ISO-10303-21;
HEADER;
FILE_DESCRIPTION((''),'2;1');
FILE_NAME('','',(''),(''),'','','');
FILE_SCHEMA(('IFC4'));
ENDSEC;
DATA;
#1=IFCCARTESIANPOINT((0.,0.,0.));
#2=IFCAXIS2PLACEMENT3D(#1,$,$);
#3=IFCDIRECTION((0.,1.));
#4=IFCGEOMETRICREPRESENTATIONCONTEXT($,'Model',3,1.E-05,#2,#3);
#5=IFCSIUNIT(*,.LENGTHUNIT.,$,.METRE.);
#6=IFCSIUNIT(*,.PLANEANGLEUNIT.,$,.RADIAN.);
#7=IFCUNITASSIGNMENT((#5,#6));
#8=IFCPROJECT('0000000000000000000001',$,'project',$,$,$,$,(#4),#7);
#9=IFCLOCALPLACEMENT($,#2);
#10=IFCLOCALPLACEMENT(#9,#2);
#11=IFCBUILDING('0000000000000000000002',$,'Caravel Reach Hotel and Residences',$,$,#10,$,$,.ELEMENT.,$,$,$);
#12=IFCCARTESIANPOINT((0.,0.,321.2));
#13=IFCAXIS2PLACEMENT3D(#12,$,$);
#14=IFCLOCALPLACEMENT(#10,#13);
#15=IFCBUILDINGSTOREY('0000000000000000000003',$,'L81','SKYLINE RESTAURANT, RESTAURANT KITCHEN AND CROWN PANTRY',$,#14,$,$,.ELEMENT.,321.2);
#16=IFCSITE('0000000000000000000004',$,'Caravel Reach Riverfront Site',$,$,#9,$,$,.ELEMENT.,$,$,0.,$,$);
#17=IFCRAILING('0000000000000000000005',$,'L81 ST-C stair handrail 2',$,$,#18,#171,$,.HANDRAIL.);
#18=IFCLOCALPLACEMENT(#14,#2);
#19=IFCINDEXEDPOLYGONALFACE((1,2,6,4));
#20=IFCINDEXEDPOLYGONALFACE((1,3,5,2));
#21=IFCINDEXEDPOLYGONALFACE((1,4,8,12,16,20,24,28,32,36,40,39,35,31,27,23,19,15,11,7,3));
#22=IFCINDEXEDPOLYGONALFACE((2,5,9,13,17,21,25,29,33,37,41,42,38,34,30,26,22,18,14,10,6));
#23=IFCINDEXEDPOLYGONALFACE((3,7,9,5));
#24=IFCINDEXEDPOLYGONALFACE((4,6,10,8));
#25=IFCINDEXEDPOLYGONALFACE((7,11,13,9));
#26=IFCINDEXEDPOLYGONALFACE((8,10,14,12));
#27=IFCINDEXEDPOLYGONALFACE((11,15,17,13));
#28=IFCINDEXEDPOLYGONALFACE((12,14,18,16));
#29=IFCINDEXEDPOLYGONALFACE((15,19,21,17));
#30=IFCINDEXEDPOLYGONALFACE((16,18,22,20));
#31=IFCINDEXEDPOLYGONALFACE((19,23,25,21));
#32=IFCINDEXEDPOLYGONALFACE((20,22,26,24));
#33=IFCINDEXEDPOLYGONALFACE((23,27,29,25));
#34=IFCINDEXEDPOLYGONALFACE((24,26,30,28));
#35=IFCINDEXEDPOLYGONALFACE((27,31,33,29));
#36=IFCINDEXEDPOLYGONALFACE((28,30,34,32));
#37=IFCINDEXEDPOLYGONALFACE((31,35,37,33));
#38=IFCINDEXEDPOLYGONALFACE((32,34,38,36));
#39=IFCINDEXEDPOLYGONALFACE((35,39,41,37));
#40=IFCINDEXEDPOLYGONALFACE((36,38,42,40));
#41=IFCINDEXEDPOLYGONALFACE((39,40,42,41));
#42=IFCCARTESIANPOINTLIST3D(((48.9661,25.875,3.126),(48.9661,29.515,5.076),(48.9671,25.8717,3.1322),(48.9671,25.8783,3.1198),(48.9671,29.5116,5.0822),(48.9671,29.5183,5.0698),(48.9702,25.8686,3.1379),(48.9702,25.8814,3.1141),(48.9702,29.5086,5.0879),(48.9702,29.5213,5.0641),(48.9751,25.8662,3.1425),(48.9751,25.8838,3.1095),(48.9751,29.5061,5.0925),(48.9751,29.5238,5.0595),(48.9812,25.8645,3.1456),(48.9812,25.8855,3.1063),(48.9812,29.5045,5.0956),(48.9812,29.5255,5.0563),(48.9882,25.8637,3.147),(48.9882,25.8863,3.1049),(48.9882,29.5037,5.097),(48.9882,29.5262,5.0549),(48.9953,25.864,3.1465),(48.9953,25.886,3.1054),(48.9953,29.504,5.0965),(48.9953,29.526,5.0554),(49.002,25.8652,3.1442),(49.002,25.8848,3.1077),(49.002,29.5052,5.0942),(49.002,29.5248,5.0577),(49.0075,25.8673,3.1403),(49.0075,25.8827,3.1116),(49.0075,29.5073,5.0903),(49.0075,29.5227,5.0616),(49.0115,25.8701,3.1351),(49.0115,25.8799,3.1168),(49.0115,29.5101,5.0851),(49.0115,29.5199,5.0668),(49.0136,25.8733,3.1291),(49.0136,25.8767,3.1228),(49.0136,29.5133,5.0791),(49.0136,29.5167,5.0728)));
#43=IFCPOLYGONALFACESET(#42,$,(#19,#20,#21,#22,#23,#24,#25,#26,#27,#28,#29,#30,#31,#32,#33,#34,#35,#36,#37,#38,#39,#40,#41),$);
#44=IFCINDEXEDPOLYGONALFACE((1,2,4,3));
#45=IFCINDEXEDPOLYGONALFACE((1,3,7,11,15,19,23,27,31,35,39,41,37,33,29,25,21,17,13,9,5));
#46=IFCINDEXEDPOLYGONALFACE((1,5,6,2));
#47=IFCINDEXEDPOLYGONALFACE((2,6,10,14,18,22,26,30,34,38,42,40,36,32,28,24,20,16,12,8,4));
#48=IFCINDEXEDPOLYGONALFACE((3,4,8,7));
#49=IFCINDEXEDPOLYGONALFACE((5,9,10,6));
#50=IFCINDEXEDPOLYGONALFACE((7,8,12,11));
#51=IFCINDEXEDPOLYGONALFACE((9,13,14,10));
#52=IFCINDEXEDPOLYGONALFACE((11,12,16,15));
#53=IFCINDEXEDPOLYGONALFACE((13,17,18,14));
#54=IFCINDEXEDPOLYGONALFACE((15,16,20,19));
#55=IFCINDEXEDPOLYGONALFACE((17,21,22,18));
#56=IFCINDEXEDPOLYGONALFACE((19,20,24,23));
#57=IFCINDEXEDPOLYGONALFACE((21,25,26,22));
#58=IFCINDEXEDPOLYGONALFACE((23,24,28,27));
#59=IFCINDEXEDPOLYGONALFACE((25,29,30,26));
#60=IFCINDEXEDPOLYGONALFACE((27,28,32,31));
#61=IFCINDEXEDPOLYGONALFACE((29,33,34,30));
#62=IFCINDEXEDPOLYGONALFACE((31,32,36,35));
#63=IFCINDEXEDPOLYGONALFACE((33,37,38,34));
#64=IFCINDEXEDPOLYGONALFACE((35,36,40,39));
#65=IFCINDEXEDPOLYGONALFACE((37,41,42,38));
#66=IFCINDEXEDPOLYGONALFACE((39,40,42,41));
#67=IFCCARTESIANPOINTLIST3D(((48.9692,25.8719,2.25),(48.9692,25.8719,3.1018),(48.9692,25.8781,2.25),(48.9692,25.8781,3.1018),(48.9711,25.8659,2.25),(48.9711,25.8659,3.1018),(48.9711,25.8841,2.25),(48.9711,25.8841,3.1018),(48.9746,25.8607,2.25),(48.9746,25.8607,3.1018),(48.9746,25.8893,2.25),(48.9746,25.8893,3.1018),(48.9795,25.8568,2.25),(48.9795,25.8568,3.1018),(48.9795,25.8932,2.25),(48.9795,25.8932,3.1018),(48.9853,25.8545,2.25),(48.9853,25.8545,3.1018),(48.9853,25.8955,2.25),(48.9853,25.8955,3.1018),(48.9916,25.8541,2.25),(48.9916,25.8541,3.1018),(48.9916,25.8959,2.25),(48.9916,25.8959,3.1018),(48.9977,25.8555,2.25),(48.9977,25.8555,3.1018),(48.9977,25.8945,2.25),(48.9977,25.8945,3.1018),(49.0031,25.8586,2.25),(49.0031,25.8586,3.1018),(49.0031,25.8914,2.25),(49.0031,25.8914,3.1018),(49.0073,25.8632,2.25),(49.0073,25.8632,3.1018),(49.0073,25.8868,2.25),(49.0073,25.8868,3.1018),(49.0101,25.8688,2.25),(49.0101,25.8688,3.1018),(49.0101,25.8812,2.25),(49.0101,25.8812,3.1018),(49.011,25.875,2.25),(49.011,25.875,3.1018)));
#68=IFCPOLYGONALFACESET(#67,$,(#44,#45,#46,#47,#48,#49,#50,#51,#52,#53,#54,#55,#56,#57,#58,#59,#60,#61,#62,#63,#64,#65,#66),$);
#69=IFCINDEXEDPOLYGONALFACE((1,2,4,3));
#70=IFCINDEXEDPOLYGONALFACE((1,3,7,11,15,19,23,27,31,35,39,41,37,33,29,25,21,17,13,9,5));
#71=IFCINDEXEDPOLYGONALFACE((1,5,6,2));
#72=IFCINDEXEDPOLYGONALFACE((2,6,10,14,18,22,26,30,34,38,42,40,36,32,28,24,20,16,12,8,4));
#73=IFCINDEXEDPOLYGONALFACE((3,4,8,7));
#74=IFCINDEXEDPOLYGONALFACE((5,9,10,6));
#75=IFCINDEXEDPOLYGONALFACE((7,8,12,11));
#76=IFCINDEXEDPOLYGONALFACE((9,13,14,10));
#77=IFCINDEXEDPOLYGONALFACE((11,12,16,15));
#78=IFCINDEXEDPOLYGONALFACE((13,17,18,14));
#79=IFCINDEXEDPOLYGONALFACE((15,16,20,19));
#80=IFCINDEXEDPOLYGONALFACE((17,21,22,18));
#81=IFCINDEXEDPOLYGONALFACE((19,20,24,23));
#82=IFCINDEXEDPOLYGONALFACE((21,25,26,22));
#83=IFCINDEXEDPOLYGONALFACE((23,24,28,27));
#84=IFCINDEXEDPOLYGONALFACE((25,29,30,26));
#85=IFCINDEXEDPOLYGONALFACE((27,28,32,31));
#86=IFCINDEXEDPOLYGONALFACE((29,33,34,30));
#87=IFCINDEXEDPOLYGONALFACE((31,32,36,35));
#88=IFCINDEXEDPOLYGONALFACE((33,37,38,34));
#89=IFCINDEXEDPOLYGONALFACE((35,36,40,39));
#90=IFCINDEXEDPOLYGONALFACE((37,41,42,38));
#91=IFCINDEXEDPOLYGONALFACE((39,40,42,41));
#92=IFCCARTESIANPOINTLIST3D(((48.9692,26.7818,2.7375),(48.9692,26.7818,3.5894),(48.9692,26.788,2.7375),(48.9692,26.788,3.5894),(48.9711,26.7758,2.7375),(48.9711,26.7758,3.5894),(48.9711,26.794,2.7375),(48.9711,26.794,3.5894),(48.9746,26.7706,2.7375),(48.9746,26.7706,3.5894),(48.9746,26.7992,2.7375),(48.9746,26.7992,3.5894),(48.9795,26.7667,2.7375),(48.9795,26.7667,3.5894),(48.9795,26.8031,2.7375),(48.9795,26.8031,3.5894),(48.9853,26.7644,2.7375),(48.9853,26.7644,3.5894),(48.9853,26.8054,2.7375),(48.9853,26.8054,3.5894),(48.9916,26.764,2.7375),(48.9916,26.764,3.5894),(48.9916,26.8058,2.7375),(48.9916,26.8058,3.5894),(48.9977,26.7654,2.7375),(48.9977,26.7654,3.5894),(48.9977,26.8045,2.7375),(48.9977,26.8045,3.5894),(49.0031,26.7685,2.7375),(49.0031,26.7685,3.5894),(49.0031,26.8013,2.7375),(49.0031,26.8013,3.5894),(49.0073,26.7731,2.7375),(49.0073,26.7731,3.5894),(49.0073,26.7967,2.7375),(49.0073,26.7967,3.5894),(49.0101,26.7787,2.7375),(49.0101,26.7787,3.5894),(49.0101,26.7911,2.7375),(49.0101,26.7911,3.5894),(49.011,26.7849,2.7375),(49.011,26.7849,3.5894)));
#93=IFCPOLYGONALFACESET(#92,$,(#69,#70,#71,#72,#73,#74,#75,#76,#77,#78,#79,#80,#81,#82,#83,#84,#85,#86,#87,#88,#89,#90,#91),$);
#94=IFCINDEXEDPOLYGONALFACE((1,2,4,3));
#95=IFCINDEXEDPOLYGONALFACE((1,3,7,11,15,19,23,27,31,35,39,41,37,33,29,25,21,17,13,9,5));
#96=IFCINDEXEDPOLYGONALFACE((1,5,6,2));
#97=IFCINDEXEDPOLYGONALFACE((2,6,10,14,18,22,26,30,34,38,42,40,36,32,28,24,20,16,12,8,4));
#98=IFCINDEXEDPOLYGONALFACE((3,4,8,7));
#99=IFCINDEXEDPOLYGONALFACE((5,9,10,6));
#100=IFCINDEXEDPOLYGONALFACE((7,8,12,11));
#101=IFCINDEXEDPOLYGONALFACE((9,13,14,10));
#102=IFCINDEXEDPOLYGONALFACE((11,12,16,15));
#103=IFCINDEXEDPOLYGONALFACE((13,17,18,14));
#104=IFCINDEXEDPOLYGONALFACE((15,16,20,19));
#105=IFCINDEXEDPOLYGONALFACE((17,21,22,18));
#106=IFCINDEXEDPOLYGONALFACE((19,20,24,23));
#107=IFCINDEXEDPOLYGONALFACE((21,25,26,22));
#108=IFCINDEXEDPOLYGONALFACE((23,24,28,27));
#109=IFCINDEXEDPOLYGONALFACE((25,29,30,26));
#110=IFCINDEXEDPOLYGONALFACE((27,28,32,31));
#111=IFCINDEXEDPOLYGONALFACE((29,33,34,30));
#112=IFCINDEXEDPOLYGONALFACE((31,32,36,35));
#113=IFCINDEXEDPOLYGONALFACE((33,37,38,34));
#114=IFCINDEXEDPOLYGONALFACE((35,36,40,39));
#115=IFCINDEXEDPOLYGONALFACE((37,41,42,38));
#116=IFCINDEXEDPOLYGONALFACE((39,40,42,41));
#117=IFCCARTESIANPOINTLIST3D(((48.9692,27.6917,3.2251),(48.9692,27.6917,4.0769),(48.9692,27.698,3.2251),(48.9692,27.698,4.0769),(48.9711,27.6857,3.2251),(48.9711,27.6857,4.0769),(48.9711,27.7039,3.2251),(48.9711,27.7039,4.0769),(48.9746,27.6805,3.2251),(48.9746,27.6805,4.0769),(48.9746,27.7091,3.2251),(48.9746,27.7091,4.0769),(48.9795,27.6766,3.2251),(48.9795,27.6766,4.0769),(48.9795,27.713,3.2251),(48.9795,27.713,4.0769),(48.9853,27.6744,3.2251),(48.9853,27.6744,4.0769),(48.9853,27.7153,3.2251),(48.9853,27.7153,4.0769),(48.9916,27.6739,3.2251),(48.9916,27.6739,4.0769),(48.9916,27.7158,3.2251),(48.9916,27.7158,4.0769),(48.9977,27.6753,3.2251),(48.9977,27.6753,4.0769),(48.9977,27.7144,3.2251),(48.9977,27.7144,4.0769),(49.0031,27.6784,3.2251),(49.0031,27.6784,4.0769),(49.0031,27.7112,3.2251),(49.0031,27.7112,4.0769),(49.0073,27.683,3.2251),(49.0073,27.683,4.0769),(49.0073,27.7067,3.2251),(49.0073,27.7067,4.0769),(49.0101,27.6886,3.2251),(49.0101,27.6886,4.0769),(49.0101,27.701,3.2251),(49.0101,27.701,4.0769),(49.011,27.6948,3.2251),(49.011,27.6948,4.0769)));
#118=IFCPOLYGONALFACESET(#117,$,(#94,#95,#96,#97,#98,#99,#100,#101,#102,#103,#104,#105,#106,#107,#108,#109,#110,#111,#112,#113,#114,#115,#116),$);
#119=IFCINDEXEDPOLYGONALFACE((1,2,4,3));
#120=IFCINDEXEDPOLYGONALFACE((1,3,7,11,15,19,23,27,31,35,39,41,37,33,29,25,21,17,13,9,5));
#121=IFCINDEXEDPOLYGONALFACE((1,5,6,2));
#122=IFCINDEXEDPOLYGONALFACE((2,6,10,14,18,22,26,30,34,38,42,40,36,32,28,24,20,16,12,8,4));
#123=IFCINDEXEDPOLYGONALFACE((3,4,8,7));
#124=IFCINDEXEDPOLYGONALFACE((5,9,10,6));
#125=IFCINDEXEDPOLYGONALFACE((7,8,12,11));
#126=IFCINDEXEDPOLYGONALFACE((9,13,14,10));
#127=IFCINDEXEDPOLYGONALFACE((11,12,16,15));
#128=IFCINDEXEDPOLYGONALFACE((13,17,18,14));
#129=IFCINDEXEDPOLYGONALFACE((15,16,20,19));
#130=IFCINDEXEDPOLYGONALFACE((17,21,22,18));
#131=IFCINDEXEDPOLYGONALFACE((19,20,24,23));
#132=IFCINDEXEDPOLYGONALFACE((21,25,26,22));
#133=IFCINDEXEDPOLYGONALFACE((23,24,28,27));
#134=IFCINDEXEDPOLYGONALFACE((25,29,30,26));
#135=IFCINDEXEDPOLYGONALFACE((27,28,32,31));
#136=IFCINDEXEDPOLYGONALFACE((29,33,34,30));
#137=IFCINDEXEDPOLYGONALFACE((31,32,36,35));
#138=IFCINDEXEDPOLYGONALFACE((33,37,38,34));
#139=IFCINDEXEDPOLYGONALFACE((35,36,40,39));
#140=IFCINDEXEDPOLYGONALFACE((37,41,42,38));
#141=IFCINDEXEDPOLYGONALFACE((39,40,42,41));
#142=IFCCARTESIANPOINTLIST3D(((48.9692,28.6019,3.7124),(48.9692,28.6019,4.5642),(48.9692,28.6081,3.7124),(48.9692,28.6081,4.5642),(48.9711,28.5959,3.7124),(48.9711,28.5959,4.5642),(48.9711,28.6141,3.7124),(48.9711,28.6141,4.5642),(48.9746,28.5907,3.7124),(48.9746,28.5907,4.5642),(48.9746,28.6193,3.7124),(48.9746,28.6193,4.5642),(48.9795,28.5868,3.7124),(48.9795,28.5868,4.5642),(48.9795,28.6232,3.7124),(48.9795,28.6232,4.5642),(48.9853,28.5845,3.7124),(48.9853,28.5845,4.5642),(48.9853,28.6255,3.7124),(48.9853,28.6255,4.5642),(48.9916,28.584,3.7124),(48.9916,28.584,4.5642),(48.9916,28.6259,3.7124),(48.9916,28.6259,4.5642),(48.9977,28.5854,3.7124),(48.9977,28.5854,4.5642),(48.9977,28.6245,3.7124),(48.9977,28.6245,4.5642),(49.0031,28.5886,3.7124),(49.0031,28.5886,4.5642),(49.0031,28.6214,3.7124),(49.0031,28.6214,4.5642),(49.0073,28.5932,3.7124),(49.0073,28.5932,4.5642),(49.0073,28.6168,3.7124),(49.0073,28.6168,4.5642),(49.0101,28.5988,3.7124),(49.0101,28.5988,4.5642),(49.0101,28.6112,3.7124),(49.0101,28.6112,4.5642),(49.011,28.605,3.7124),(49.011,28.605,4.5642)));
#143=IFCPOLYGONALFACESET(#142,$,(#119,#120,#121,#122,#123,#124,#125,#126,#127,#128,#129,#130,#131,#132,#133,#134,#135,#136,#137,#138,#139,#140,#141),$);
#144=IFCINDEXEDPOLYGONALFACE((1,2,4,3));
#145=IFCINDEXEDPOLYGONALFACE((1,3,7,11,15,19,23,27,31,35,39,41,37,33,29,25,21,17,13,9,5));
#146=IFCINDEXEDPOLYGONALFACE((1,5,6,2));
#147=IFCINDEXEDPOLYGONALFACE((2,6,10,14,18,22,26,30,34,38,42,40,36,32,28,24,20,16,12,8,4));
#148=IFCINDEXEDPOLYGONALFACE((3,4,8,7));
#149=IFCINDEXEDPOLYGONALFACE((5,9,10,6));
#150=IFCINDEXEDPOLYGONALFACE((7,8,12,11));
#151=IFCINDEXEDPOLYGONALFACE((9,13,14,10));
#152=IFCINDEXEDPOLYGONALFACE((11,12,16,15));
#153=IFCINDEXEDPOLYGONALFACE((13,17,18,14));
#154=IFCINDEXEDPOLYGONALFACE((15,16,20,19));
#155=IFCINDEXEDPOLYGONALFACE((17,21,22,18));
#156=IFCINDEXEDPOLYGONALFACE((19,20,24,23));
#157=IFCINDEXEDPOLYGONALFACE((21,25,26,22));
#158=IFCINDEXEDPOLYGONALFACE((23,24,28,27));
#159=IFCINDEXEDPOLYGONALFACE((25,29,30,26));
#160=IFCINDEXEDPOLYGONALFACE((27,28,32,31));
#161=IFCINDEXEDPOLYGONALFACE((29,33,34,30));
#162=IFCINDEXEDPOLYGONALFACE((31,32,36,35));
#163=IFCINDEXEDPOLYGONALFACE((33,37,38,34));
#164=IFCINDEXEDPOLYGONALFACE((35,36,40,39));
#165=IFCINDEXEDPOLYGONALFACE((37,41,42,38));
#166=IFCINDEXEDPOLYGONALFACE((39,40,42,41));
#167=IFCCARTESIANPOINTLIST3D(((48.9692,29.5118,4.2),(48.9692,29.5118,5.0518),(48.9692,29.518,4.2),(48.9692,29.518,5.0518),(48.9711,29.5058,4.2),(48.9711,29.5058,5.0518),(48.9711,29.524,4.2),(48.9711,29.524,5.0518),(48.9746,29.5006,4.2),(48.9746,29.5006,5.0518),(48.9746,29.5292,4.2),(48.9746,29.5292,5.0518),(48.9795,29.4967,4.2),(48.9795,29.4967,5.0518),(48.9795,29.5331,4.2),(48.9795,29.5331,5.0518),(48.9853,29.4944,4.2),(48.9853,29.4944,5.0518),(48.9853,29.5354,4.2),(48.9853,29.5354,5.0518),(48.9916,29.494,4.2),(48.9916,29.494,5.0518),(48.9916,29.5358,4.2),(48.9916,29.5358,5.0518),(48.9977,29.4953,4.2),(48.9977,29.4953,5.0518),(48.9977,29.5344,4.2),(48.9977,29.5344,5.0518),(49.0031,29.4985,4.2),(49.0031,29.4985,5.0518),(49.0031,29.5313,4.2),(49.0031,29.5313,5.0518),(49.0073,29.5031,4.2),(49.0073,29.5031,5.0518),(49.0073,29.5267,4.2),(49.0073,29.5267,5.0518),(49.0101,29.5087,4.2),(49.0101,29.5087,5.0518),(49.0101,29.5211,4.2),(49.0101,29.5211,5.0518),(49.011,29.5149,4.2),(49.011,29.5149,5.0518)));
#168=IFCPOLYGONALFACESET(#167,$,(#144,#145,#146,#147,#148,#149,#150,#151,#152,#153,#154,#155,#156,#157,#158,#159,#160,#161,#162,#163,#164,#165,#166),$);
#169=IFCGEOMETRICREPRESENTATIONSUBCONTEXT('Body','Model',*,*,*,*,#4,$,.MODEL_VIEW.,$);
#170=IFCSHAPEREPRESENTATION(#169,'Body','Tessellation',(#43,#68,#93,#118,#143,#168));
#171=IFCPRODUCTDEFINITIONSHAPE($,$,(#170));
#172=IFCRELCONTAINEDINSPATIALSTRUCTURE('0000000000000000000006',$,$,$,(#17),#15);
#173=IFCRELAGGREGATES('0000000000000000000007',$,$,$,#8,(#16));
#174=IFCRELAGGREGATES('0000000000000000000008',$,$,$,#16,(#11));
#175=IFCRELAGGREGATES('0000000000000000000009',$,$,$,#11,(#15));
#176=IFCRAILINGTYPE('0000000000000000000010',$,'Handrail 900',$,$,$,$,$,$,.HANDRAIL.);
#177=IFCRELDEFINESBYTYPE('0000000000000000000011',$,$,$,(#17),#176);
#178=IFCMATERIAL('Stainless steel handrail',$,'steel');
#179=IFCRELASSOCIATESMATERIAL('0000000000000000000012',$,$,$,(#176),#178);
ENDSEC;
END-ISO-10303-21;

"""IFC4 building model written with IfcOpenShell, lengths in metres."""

from ifc_helpers import new_model, si_unit, direction, frame, origin, origin_2d, place, context, subcontext, project, spatial, circle, extrude, material, type_object, element, save


model = new_model("IFC4")

# Units and contexts
model_context = context("Model", 3, precision=1e-05, world=origin(), true_north=direction((0.0, 1.0)))
body_context = subcontext(model_context, "Body", "Model", "MODEL_VIEW")
ifc_project = project(units=[si_unit("LENGTHUNIT", "METRE"), si_unit("PLANEANGLEUNIT", "RADIAN")], contexts=[model_context])

# Site, building, storey
site_placement = place(None, origin())
site = spatial("IfcSite", under=ifc_project, at=site_placement, Name="Caravel Reach Riverfront Site", CompositionType="ELEMENT", RefElevation=0.0)
building_placement = place(site_placement, origin())
building = spatial("IfcBuilding", under=site, at=building_placement, Name="Caravel Reach Hotel and Residences", CompositionType="ELEMENT")
storey_placement = place(building_placement, frame((0.0, 0.0, 321.2)))
storey = spatial("IfcBuildingStorey", under=building, at=storey_placement, Name="L81", Description="SKYLINE RESTAURANT, RESTAURANT KITCHEN AND CROWN PANTRY", CompositionType="ELEMENT", Elevation=321.2)

# Railing
ifc_material_1 = material(Name="Stainless steel handrail", Category="steel")
railing_type_1 = type_object("IfcRailingType", Name="Handrail 900", PredefinedType="HANDRAIL", material=ifc_material_1)
railing_1_placement = place(storey_placement, frame((48.99, 25.875, 2.25)))
element("IfcRailing", 1, at=railing_1_placement, inside=storey, type_object=railing_type_1, Name="L81 ST-C stair handrail 2", PredefinedType="HANDRAIL", context=body_context, shape_type="SweptSolid", body=[
    extrude(circle(Radius=0.0239, at=origin_2d()), frame((0.0, 0.0, 0.876), z_axis=(0.0, 0.881479, 0.472223), x_axis=(-1.0, 0.0, 0.0)), (0.0, 0.0, 1.0), 4.1294),
    extrude(circle(Radius=0.021, at=origin_2d()), origin(), (0.0, 0.0, 1.0), 0.8518),
    extrude(circle(Radius=0.021, at=origin_2d()), frame((0.0, 0.9099, 0.4875)), (0.0, 0.0, 1.0), 0.8518),
    extrude(circle(Radius=0.021, at=origin_2d()), frame((0.0, 1.8198, 0.9751)), (0.0, 0.0, 1.0), 0.8518),
    extrude(circle(Radius=0.021, at=origin_2d()), frame((0.0, 2.73, 1.4624)), (0.0, 0.0, 1.0), 0.8518),
    extrude(circle(Radius=0.021, at=origin_2d()), frame((0.0, 3.6399, 1.95)), (0.0, 0.0, 1.0), 0.8518),
])

save(model, "model.ifc")
